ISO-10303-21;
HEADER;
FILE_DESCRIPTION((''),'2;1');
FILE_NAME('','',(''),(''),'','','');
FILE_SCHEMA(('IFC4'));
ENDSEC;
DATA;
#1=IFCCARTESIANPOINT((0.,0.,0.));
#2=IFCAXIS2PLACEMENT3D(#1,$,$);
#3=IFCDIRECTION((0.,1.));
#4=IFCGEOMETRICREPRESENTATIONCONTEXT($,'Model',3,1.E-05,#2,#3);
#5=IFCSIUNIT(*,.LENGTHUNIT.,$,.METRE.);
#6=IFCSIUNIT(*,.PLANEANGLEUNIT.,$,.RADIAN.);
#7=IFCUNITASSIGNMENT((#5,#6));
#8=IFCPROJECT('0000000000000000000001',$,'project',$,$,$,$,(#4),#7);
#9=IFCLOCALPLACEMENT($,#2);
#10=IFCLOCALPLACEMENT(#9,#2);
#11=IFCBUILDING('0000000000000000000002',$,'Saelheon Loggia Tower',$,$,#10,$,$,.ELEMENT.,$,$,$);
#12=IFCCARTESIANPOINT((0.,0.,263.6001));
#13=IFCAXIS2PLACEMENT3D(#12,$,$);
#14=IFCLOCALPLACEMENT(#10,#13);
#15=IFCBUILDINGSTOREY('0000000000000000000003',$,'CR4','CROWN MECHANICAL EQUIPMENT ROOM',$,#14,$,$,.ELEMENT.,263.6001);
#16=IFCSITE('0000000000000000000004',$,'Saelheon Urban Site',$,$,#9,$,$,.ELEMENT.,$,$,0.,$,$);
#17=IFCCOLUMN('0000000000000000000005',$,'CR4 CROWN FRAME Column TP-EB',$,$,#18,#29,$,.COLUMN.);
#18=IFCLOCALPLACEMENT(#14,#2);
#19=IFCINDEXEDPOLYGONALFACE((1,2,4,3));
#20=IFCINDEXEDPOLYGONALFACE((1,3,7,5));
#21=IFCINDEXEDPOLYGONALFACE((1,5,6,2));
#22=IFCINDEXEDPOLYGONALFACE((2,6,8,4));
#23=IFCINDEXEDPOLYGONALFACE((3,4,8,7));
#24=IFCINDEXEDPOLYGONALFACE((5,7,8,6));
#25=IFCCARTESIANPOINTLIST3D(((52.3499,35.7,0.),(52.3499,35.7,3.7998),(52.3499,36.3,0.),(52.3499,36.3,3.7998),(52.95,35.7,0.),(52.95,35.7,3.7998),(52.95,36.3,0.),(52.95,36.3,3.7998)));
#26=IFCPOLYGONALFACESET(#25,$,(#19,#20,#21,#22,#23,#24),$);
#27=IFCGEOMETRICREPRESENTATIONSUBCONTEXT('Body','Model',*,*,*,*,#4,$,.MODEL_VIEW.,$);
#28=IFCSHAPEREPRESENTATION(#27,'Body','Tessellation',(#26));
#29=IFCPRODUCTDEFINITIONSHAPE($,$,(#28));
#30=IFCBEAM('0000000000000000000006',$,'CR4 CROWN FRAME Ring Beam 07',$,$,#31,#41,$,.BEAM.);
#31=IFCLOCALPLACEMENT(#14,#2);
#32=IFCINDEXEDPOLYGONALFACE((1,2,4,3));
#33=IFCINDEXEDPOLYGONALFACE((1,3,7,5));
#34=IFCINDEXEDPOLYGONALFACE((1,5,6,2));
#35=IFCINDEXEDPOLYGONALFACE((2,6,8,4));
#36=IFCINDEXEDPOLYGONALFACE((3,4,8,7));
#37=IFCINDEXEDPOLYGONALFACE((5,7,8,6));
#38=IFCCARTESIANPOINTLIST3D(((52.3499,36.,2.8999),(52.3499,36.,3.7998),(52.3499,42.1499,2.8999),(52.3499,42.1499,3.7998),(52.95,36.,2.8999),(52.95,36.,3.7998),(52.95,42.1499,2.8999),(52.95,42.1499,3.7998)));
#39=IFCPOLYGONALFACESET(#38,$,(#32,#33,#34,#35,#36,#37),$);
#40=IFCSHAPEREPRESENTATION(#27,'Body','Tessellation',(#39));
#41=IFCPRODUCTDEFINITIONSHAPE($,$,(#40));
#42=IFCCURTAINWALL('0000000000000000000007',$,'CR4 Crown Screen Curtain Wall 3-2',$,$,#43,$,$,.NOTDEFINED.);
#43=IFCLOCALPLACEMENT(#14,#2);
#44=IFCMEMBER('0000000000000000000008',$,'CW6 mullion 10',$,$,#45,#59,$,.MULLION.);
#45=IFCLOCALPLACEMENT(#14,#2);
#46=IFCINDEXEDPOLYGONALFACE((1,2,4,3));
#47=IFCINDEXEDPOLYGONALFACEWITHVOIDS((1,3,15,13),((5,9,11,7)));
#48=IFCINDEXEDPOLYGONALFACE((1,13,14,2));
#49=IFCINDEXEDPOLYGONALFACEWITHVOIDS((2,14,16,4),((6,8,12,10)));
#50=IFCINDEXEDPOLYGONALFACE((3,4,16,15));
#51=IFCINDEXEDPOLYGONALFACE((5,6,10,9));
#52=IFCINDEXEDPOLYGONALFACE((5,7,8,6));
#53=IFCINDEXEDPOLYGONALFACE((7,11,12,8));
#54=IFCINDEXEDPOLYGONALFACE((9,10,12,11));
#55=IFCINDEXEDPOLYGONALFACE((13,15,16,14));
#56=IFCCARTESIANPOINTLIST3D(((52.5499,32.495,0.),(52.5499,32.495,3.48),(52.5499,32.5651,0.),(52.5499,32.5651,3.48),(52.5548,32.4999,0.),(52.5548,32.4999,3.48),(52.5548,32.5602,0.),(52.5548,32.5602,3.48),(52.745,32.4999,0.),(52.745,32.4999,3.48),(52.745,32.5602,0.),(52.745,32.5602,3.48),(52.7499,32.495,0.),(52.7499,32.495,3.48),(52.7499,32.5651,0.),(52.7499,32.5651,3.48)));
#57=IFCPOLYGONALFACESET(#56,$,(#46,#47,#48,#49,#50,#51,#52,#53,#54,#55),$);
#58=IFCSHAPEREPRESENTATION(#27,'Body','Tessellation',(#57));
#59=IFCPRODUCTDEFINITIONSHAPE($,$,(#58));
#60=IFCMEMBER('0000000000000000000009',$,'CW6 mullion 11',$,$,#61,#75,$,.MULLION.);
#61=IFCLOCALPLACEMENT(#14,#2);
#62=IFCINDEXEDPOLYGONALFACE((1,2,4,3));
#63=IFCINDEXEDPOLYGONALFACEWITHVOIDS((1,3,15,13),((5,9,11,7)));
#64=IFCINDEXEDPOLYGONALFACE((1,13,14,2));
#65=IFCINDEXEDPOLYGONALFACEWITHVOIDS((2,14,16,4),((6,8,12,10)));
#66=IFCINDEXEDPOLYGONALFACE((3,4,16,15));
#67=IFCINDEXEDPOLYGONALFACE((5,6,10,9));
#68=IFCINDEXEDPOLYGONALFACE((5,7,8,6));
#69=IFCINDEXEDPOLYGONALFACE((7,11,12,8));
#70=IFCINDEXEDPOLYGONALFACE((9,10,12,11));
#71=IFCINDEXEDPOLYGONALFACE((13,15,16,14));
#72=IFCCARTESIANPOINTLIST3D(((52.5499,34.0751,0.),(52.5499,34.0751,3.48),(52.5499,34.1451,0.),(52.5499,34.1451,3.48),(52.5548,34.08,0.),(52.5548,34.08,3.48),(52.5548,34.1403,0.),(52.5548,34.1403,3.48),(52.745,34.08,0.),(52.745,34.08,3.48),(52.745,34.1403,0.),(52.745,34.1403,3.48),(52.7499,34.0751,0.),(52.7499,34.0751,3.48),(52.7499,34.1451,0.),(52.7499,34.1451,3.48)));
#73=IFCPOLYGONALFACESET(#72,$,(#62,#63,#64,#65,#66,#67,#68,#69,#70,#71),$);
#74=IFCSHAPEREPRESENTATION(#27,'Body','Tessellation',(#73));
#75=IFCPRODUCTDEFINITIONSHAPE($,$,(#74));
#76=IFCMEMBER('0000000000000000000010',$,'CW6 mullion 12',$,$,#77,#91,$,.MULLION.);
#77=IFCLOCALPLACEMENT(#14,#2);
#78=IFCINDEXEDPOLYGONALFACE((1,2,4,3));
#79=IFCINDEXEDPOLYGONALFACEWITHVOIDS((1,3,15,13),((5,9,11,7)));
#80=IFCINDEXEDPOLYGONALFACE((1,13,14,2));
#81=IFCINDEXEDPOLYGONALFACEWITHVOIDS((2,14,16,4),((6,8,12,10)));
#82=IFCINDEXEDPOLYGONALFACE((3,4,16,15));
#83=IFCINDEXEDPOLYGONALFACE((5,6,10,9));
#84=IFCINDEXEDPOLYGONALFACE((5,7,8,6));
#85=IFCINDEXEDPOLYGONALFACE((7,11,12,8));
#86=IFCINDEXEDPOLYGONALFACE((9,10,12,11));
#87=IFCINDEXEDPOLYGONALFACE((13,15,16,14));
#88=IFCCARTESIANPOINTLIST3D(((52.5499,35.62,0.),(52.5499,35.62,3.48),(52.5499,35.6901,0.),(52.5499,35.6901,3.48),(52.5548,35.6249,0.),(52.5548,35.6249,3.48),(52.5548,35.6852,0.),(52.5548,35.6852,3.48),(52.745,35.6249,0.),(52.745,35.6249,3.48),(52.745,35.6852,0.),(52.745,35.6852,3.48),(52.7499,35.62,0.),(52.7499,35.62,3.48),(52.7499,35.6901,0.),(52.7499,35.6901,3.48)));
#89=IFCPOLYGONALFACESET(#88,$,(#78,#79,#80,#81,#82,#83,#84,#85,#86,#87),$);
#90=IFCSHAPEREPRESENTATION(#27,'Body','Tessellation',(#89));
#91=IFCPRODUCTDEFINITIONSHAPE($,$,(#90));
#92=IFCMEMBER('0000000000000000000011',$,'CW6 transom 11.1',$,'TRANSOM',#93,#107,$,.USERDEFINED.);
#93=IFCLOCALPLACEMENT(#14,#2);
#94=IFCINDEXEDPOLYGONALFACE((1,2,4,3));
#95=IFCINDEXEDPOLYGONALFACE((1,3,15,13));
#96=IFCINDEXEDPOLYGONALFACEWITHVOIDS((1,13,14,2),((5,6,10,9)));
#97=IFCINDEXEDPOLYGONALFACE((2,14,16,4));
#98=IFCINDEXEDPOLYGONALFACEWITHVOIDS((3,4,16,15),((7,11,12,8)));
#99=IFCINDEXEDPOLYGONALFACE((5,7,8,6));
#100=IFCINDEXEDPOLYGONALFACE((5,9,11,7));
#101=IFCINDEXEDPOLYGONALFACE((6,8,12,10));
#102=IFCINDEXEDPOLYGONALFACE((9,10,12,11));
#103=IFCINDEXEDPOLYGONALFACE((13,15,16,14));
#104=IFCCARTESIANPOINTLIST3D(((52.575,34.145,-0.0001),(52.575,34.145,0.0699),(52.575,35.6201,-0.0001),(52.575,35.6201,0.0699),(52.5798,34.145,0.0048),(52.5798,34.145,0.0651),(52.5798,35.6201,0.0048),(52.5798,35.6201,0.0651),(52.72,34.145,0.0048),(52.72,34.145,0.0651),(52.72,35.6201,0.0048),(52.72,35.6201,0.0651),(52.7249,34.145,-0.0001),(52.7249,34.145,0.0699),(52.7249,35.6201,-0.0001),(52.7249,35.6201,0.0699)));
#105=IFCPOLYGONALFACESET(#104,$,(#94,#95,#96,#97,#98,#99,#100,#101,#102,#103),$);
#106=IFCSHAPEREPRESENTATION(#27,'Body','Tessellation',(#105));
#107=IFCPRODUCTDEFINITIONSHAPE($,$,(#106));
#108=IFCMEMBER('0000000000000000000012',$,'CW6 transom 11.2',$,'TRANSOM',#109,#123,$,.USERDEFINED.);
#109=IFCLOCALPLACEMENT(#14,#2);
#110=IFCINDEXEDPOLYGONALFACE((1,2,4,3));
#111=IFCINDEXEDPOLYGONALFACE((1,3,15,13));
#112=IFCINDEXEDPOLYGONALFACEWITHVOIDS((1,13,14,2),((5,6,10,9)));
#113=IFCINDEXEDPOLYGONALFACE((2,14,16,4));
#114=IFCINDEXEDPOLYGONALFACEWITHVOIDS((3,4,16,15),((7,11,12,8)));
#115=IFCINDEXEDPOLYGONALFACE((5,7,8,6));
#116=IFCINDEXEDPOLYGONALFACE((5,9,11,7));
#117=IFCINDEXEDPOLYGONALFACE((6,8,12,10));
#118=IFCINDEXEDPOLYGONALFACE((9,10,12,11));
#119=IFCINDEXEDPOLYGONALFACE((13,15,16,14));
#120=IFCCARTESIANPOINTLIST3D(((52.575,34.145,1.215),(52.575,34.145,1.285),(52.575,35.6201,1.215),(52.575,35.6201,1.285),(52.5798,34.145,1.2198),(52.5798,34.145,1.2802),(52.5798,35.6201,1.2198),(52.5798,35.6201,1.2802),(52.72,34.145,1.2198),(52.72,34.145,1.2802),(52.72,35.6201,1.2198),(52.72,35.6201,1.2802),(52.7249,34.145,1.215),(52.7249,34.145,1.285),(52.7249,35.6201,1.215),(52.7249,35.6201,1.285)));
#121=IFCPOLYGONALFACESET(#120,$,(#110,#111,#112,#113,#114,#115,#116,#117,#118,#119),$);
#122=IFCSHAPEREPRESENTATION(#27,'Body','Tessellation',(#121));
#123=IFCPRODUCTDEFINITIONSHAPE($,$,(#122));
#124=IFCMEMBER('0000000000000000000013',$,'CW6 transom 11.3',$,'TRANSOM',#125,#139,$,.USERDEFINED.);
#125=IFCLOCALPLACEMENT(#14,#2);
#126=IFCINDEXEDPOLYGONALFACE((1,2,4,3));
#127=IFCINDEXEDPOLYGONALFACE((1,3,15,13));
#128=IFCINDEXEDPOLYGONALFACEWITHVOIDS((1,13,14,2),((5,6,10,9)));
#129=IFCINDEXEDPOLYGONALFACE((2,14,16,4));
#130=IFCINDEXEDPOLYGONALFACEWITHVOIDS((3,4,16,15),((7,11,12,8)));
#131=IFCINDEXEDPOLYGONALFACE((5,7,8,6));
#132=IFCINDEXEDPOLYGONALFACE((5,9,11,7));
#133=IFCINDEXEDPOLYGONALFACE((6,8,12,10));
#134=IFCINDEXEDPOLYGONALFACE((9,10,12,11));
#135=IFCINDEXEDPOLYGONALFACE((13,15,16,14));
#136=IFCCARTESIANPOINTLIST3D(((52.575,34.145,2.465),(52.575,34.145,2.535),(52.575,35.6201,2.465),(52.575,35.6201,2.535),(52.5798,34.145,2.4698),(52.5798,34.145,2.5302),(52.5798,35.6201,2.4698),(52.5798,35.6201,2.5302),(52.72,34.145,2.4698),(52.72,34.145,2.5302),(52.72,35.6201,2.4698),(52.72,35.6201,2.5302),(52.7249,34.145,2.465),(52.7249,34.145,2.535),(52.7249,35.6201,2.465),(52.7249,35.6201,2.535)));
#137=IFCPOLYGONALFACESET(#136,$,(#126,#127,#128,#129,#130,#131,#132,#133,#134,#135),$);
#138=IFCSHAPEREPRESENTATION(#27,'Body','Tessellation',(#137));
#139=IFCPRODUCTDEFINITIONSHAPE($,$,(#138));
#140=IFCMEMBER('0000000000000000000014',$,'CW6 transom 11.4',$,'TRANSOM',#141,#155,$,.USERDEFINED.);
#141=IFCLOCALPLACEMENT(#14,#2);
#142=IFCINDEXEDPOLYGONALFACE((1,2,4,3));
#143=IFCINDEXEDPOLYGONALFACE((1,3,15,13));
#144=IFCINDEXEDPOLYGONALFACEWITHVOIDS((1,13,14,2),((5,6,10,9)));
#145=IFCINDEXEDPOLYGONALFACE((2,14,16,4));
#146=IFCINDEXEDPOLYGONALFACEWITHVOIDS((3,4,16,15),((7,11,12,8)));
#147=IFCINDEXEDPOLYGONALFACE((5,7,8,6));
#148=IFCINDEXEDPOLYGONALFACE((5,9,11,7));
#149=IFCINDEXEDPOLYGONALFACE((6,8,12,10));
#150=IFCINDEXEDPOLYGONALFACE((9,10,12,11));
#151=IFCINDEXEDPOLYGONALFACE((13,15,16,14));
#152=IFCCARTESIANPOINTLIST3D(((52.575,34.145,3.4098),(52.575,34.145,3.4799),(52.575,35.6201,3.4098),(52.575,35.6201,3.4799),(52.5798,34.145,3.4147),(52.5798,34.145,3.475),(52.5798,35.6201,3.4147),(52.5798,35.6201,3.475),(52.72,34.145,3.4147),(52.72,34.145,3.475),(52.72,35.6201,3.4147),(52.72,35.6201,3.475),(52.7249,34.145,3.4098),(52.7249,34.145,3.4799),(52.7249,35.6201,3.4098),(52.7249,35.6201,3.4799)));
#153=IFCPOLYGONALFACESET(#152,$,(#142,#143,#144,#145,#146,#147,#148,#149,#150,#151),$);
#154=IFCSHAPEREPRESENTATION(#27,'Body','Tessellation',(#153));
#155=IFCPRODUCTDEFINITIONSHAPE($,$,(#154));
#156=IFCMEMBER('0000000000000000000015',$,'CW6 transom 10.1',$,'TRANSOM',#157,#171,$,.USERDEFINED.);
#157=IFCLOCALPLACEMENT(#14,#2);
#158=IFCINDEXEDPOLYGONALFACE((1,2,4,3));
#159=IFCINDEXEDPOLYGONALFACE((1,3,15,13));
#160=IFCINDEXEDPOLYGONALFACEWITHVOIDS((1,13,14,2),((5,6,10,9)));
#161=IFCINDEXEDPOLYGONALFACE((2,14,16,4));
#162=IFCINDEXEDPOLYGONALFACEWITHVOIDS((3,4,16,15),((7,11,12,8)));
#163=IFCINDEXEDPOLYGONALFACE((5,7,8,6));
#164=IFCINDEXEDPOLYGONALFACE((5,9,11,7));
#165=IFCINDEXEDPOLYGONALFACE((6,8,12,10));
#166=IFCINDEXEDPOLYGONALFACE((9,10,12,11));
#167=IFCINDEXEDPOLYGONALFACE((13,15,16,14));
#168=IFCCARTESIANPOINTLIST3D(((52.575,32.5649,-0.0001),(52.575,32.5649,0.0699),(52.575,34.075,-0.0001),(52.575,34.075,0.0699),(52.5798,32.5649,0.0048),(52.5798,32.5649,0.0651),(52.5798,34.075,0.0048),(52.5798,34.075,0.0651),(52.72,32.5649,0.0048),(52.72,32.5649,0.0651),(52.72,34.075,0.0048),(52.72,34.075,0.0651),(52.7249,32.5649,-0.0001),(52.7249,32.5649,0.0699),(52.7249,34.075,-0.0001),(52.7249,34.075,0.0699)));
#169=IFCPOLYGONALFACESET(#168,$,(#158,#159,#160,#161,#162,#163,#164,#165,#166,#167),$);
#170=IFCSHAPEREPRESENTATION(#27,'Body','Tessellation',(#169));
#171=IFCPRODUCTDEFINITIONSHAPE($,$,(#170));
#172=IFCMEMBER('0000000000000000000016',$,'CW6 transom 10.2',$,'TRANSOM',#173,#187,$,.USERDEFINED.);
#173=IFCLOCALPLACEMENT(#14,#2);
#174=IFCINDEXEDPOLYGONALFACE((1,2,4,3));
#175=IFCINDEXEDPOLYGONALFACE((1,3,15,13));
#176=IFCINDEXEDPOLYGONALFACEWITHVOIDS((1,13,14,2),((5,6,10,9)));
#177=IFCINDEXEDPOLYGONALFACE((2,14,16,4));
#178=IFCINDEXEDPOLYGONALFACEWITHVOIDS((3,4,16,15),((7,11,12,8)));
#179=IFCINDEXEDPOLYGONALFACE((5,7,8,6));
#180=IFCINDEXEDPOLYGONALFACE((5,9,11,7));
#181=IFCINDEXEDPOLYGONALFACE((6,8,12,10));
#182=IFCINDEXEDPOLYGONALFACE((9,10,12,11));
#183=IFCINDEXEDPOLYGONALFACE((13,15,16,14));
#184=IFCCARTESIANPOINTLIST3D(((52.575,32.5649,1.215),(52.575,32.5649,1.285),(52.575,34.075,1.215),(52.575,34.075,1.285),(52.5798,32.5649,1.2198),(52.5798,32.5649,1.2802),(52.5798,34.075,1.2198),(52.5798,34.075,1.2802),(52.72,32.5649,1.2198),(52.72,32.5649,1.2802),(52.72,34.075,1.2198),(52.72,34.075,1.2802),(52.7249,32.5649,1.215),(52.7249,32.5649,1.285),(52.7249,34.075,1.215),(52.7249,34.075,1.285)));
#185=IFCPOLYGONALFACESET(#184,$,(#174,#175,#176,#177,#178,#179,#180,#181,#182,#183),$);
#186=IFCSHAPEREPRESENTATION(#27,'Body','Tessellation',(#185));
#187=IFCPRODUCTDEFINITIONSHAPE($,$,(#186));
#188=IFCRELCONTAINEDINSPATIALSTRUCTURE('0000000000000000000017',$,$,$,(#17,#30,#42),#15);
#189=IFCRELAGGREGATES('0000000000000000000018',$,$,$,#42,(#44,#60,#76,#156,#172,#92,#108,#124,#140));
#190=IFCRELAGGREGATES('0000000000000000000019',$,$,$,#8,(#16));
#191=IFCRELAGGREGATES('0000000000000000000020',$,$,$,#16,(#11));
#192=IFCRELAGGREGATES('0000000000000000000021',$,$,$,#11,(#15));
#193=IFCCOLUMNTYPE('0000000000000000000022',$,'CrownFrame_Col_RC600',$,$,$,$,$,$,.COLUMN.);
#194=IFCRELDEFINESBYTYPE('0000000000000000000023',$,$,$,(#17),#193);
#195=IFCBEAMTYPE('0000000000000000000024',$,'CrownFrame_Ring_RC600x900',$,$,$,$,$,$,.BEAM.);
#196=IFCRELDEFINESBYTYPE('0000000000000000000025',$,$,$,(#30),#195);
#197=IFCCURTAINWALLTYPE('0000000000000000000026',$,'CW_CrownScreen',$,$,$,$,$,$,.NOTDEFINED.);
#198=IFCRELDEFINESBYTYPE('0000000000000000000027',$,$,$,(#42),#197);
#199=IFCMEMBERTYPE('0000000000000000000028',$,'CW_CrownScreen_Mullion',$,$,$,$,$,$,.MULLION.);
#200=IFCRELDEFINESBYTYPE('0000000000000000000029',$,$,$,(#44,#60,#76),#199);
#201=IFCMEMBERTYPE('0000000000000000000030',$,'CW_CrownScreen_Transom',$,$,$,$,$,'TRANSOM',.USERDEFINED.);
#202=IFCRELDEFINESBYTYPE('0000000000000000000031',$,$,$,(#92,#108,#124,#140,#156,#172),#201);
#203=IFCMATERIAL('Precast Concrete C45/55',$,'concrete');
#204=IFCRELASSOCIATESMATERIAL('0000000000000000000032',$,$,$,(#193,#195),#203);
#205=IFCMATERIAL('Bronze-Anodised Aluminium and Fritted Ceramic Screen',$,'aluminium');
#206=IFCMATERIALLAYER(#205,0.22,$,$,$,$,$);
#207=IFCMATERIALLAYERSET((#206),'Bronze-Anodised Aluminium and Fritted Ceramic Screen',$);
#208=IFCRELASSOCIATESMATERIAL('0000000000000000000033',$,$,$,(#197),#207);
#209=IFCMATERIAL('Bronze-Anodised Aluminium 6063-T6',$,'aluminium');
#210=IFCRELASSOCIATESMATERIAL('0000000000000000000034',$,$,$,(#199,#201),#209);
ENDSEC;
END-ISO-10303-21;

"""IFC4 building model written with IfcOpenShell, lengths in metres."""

from ifc_helpers import new_model, si_unit, direction, frame, origin, origin_2d, place, context, subcontext, project, spatial, rectangle, hollow_rectangle, extrude, source, transform, mapped, material, layer, layer_set, material_profile, profile_set, type_object, element, aggregate, save


model = new_model("IFC4")

# Units and contexts
model_context = context("Model", 3, precision=1e-05, world=origin(), true_north=direction((0.0, 1.0)))
body_context = subcontext(model_context, "Body", "Model", "MODEL_VIEW")
ifc_project = project(units=[si_unit("LENGTHUNIT", "METRE"), si_unit("PLANEANGLEUNIT", "RADIAN")], contexts=[model_context])

# Site, building, storey
site_placement = place(None, origin())
site = spatial("IfcSite", under=ifc_project, at=site_placement, Name="Saelheon Urban Site", CompositionType="ELEMENT", RefElevation=0.0)
building_placement = place(site_placement, origin())
building = spatial("IfcBuilding", under=site, at=building_placement, Name="Saelheon Loggia Tower", CompositionType="ELEMENT")
storey_placement = place(building_placement, frame((0.0, 0.0, 263.6001)))
storey = spatial("IfcBuildingStorey", under=building, at=storey_placement, Name="CR4", Description="CROWN MECHANICAL EQUIPMENT ROOM", CompositionType="ELEMENT", Elevation=263.6001)

# Column
ifc_material_1 = material(Name="Precast Concrete C45/55", Category="concrete")
ifc_material_profile_1 = material_profile(ifc_material_1, rectangle(XDim=0.6001, YDim=0.6001, at=origin_2d()), Name="RC-600x600")
ifc_profile_set_1 = profile_set([ifc_material_profile_1], Name="Precast Concrete C45/55")
column_type = type_object("IfcColumnType", Name="CrownFrame_Col_RC600", PredefinedType="COLUMN", material=ifc_profile_set_1)
shared_shape_1 = source(origin(), body_context, "Body", "SweptSolid", [
    extrude(rectangle(XDim=0.6001, YDim=0.6001, at=origin_2d()), origin(), (0.0, 0.0, 1.0), 3.7998),
])
column_placement = place(storey_placement, frame((52.6499, 36.0, 0.0), z_axis=(0.0, 0.0, 1.0), x_axis=(1.0, 0.0, 0.0)))
element("IfcColumn", 1, at=column_placement, inside=storey, type_object=column_type, Name="CR4 CROWN FRAME Column TP-EB", PredefinedType="COLUMN", context=body_context, shape_type="MappedRepresentation", body=[
    mapped(shared_shape_1, transform((0.0, 0.0, 0.0), scale=1.0)),
])

# Beam
ifc_material_profile_2 = material_profile(ifc_material_1, rectangle(XDim=0.6001, YDim=0.8999, at=origin_2d()), Name="RC-600x900")
ifc_profile_set_2 = profile_set([ifc_material_profile_2], Name="Precast Concrete C45/55")
beam_type = type_object("IfcBeamType", Name="CrownFrame_Ring_RC600x900", PredefinedType="BEAM", material=ifc_profile_set_2)
shared_shape_2 = source(origin(), body_context, "Body", "SweptSolid", [
    extrude(rectangle(XDim=0.6001, YDim=0.8999, at=origin_2d()), origin(), (0.0, 0.0, 1.0), 6.1499),
])
beam_placement = place(storey_placement, frame((52.6499, 36.0, 3.3499), z_axis=(0.0, 1.0, 0.0), x_axis=(-1.0, 0.0, 0.0)))
element("IfcBeam", 2, at=beam_placement, inside=storey, type_object=beam_type, Name="CR4 CROWN FRAME Ring Beam 07", PredefinedType="BEAM", context=body_context, shape_type="MappedRepresentation", body=[
    mapped(shared_shape_2, transform((0.0, 0.0, 0.0), scale=1.0)),
])

# Curtain wall, members
ifc_material_2 = material(Name="Bronze-Anodised Aluminium and Fritted Ceramic Screen", Category="aluminium")
ifc_layer_1 = layer(ifc_material_2, 0.22)
ifc_layer_set_1 = layer_set([ifc_layer_1], Name="Bronze-Anodised Aluminium and Fritted Ceramic Screen")
curtain_wall_type = type_object("IfcCurtainWallType", Name="CW_CrownScreen", PredefinedType="NOTDEFINED", material=ifc_layer_set_1)
curtain_wall_placement = place(storey_placement, origin())
curtain_wall = element("IfcCurtainWall", 3, at=curtain_wall_placement, inside=storey, type_object=curtain_wall_type, Name="CR4 Crown Screen Curtain Wall 3-2", PredefinedType="NOTDEFINED")
ifc_material_3 = material(Name="Bronze-Anodised Aluminium 6063-T6", Category="aluminium")
ifc_material_profile_3 = material_profile(ifc_material_3, hollow_rectangle(XDim=0.0701, YDim=0.2, WallThickness=0.0049, at=origin_2d()), Name="RHS-200x70x5")
ifc_profile_set_3 = profile_set([ifc_material_profile_3], Name="Bronze-Anodised Aluminium 6063-T6")
member_type_1 = type_object("IfcMemberType", Name="CW_CrownScreen_Mullion", PredefinedType="MULLION", material=ifc_profile_set_3)
shared_shape_3 = source(origin(), body_context, "Body", "SweptSolid", [
    extrude(hollow_rectangle(XDim=0.0701, YDim=0.2, WallThickness=0.0049, at=origin_2d()), origin(), (0.0, 0.0, 1.0), 3.48),
])
member_1_placement = place(storey_placement, frame((52.6499, 32.53, 0.0), z_axis=(0.0, 0.0, 1.0), x_axis=(0.0, 1.0, 0.0)))
member_1 = element("IfcMember", 4, at=member_1_placement, type_object=member_type_1, Name="CW6 mullion 10", PredefinedType="MULLION", context=body_context, shape_type="MappedRepresentation", body=[
    mapped(shared_shape_3, transform((0.0, 0.0, 0.0), scale=1.0)),
])
member_2_placement = place(storey_placement, frame((52.6499, 34.1101, 0.0), z_axis=(0.0, 0.0, 1.0), x_axis=(0.0, 1.0, 0.0)))
member_2 = element("IfcMember", 5, at=member_2_placement, type_object=member_type_1, Name="CW6 mullion 11", PredefinedType="MULLION", context=body_context, shape_type="MappedRepresentation", body=[
    mapped(shared_shape_3, transform((0.0, 0.0, 0.0), scale=1.0)),
])
member_3_placement = place(storey_placement, frame((52.6499, 35.655, 0.0), z_axis=(0.0, 0.0, 1.0), x_axis=(0.0, 1.0, 0.0)))
member_3 = element("IfcMember", 6, at=member_3_placement, type_object=member_type_1, Name="CW6 mullion 12", PredefinedType="MULLION", context=body_context, shape_type="MappedRepresentation", body=[
    mapped(shared_shape_3, transform((0.0, 0.0, 0.0), scale=1.0)),
])
ifc_material_profile_4 = material_profile(ifc_material_3, hollow_rectangle(XDim=0.0701, YDim=0.1499, WallThickness=0.0049, at=origin_2d()), Name="RHS-150x70x5")
ifc_profile_set_4 = profile_set([ifc_material_profile_4], Name="Bronze-Anodised Aluminium 6063-T6")
member_type_2 = type_object("IfcMemberType", Name="CW_CrownScreen_Transom", ElementType="TRANSOM", PredefinedType="USERDEFINED", material=ifc_profile_set_4)
shared_shape_4 = source(origin(), body_context, "Body", "SweptSolid", [
    extrude(hollow_rectangle(XDim=0.0701, YDim=0.1499, WallThickness=0.0049, at=origin_2d()), origin(), (0.0, 0.0, 1.0), 1.4751),
])
member_4_placement = place(storey_placement, frame((52.6499, 34.145, 0.0349), z_axis=(0.0, 1.0, 0.0), x_axis=(0.0, 0.0, 1.0)))
member_4 = element("IfcMember", 7, at=member_4_placement, type_object=member_type_2, Name="CW6 transom 11.1", ObjectType="TRANSOM", PredefinedType="USERDEFINED", context=body_context, shape_type="MappedRepresentation", body=[
    mapped(shared_shape_4, transform((0.0, 0.0, 0.0), scale=1.0)),
])
member_5_placement = place(storey_placement, frame((52.6499, 34.145, 1.25), z_axis=(0.0, 1.0, 0.0), x_axis=(0.0, 0.0, 1.0)))
member_5 = element("IfcMember", 8, at=member_5_placement, type_object=member_type_2, Name="CW6 transom 11.2", ObjectType="TRANSOM", PredefinedType="USERDEFINED", context=body_context, shape_type="MappedRepresentation", body=[
    mapped(shared_shape_4, transform((0.0, 0.0, 0.0), scale=1.0)),
])
member_6_placement = place(storey_placement, frame((52.6499, 34.145, 2.5), z_axis=(0.0, 1.0, 0.0), x_axis=(0.0, 0.0, 1.0)))
member_6 = element("IfcMember", 9, at=member_6_placement, type_object=member_type_2, Name="CW6 transom 11.3", ObjectType="TRANSOM", PredefinedType="USERDEFINED", context=body_context, shape_type="MappedRepresentation", body=[
    mapped(shared_shape_4, transform((0.0, 0.0, 0.0), scale=1.0)),
])
member_7_placement = place(storey_placement, frame((52.6499, 34.145, 3.4448), z_axis=(0.0, 1.0, 0.0), x_axis=(0.0, 0.0, 1.0)))
member_7 = element("IfcMember", 10, at=member_7_placement, type_object=member_type_2, Name="CW6 transom 11.4", ObjectType="TRANSOM", PredefinedType="USERDEFINED", context=body_context, shape_type="MappedRepresentation", body=[
    mapped(shared_shape_4, transform((0.0, 0.0, 0.0), scale=1.0)),
])
shared_shape_5 = source(origin(), body_context, "Body", "SweptSolid", [
    extrude(hollow_rectangle(XDim=0.0701, YDim=0.1499, WallThickness=0.0049, at=origin_2d()), origin(), (0.0, 0.0, 1.0), 1.51),
])
member_8_placement = place(storey_placement, frame((52.6499, 32.5649, 0.0349), z_axis=(0.0, 1.0, 0.0), x_axis=(0.0, 0.0, 1.0)))
member_8 = element("IfcMember", 11, at=member_8_placement, type_object=member_type_2, Name="CW6 transom 10.1", ObjectType="TRANSOM", PredefinedType="USERDEFINED", context=body_context, shape_type="MappedRepresentation", body=[
    mapped(shared_shape_5, transform((0.0, 0.0, 0.0), scale=1.0)),
])
member_9_placement = place(storey_placement, frame((52.6499, 32.5649, 1.25), z_axis=(0.0, 1.0, 0.0), x_axis=(0.0, 0.0, 1.0)))
member_9 = element("IfcMember", 12, at=member_9_placement, type_object=member_type_2, Name="CW6 transom 10.2", ObjectType="TRANSOM", PredefinedType="USERDEFINED", context=body_context, shape_type="MappedRepresentation", body=[
    mapped(shared_shape_5, transform((0.0, 0.0, 0.0), scale=1.0)),
])
aggregate(curtain_wall, [member_1, member_2, member_3, member_8, member_9, member_4, member_5, member_6, member_7])

save(model, "model.ifc")
